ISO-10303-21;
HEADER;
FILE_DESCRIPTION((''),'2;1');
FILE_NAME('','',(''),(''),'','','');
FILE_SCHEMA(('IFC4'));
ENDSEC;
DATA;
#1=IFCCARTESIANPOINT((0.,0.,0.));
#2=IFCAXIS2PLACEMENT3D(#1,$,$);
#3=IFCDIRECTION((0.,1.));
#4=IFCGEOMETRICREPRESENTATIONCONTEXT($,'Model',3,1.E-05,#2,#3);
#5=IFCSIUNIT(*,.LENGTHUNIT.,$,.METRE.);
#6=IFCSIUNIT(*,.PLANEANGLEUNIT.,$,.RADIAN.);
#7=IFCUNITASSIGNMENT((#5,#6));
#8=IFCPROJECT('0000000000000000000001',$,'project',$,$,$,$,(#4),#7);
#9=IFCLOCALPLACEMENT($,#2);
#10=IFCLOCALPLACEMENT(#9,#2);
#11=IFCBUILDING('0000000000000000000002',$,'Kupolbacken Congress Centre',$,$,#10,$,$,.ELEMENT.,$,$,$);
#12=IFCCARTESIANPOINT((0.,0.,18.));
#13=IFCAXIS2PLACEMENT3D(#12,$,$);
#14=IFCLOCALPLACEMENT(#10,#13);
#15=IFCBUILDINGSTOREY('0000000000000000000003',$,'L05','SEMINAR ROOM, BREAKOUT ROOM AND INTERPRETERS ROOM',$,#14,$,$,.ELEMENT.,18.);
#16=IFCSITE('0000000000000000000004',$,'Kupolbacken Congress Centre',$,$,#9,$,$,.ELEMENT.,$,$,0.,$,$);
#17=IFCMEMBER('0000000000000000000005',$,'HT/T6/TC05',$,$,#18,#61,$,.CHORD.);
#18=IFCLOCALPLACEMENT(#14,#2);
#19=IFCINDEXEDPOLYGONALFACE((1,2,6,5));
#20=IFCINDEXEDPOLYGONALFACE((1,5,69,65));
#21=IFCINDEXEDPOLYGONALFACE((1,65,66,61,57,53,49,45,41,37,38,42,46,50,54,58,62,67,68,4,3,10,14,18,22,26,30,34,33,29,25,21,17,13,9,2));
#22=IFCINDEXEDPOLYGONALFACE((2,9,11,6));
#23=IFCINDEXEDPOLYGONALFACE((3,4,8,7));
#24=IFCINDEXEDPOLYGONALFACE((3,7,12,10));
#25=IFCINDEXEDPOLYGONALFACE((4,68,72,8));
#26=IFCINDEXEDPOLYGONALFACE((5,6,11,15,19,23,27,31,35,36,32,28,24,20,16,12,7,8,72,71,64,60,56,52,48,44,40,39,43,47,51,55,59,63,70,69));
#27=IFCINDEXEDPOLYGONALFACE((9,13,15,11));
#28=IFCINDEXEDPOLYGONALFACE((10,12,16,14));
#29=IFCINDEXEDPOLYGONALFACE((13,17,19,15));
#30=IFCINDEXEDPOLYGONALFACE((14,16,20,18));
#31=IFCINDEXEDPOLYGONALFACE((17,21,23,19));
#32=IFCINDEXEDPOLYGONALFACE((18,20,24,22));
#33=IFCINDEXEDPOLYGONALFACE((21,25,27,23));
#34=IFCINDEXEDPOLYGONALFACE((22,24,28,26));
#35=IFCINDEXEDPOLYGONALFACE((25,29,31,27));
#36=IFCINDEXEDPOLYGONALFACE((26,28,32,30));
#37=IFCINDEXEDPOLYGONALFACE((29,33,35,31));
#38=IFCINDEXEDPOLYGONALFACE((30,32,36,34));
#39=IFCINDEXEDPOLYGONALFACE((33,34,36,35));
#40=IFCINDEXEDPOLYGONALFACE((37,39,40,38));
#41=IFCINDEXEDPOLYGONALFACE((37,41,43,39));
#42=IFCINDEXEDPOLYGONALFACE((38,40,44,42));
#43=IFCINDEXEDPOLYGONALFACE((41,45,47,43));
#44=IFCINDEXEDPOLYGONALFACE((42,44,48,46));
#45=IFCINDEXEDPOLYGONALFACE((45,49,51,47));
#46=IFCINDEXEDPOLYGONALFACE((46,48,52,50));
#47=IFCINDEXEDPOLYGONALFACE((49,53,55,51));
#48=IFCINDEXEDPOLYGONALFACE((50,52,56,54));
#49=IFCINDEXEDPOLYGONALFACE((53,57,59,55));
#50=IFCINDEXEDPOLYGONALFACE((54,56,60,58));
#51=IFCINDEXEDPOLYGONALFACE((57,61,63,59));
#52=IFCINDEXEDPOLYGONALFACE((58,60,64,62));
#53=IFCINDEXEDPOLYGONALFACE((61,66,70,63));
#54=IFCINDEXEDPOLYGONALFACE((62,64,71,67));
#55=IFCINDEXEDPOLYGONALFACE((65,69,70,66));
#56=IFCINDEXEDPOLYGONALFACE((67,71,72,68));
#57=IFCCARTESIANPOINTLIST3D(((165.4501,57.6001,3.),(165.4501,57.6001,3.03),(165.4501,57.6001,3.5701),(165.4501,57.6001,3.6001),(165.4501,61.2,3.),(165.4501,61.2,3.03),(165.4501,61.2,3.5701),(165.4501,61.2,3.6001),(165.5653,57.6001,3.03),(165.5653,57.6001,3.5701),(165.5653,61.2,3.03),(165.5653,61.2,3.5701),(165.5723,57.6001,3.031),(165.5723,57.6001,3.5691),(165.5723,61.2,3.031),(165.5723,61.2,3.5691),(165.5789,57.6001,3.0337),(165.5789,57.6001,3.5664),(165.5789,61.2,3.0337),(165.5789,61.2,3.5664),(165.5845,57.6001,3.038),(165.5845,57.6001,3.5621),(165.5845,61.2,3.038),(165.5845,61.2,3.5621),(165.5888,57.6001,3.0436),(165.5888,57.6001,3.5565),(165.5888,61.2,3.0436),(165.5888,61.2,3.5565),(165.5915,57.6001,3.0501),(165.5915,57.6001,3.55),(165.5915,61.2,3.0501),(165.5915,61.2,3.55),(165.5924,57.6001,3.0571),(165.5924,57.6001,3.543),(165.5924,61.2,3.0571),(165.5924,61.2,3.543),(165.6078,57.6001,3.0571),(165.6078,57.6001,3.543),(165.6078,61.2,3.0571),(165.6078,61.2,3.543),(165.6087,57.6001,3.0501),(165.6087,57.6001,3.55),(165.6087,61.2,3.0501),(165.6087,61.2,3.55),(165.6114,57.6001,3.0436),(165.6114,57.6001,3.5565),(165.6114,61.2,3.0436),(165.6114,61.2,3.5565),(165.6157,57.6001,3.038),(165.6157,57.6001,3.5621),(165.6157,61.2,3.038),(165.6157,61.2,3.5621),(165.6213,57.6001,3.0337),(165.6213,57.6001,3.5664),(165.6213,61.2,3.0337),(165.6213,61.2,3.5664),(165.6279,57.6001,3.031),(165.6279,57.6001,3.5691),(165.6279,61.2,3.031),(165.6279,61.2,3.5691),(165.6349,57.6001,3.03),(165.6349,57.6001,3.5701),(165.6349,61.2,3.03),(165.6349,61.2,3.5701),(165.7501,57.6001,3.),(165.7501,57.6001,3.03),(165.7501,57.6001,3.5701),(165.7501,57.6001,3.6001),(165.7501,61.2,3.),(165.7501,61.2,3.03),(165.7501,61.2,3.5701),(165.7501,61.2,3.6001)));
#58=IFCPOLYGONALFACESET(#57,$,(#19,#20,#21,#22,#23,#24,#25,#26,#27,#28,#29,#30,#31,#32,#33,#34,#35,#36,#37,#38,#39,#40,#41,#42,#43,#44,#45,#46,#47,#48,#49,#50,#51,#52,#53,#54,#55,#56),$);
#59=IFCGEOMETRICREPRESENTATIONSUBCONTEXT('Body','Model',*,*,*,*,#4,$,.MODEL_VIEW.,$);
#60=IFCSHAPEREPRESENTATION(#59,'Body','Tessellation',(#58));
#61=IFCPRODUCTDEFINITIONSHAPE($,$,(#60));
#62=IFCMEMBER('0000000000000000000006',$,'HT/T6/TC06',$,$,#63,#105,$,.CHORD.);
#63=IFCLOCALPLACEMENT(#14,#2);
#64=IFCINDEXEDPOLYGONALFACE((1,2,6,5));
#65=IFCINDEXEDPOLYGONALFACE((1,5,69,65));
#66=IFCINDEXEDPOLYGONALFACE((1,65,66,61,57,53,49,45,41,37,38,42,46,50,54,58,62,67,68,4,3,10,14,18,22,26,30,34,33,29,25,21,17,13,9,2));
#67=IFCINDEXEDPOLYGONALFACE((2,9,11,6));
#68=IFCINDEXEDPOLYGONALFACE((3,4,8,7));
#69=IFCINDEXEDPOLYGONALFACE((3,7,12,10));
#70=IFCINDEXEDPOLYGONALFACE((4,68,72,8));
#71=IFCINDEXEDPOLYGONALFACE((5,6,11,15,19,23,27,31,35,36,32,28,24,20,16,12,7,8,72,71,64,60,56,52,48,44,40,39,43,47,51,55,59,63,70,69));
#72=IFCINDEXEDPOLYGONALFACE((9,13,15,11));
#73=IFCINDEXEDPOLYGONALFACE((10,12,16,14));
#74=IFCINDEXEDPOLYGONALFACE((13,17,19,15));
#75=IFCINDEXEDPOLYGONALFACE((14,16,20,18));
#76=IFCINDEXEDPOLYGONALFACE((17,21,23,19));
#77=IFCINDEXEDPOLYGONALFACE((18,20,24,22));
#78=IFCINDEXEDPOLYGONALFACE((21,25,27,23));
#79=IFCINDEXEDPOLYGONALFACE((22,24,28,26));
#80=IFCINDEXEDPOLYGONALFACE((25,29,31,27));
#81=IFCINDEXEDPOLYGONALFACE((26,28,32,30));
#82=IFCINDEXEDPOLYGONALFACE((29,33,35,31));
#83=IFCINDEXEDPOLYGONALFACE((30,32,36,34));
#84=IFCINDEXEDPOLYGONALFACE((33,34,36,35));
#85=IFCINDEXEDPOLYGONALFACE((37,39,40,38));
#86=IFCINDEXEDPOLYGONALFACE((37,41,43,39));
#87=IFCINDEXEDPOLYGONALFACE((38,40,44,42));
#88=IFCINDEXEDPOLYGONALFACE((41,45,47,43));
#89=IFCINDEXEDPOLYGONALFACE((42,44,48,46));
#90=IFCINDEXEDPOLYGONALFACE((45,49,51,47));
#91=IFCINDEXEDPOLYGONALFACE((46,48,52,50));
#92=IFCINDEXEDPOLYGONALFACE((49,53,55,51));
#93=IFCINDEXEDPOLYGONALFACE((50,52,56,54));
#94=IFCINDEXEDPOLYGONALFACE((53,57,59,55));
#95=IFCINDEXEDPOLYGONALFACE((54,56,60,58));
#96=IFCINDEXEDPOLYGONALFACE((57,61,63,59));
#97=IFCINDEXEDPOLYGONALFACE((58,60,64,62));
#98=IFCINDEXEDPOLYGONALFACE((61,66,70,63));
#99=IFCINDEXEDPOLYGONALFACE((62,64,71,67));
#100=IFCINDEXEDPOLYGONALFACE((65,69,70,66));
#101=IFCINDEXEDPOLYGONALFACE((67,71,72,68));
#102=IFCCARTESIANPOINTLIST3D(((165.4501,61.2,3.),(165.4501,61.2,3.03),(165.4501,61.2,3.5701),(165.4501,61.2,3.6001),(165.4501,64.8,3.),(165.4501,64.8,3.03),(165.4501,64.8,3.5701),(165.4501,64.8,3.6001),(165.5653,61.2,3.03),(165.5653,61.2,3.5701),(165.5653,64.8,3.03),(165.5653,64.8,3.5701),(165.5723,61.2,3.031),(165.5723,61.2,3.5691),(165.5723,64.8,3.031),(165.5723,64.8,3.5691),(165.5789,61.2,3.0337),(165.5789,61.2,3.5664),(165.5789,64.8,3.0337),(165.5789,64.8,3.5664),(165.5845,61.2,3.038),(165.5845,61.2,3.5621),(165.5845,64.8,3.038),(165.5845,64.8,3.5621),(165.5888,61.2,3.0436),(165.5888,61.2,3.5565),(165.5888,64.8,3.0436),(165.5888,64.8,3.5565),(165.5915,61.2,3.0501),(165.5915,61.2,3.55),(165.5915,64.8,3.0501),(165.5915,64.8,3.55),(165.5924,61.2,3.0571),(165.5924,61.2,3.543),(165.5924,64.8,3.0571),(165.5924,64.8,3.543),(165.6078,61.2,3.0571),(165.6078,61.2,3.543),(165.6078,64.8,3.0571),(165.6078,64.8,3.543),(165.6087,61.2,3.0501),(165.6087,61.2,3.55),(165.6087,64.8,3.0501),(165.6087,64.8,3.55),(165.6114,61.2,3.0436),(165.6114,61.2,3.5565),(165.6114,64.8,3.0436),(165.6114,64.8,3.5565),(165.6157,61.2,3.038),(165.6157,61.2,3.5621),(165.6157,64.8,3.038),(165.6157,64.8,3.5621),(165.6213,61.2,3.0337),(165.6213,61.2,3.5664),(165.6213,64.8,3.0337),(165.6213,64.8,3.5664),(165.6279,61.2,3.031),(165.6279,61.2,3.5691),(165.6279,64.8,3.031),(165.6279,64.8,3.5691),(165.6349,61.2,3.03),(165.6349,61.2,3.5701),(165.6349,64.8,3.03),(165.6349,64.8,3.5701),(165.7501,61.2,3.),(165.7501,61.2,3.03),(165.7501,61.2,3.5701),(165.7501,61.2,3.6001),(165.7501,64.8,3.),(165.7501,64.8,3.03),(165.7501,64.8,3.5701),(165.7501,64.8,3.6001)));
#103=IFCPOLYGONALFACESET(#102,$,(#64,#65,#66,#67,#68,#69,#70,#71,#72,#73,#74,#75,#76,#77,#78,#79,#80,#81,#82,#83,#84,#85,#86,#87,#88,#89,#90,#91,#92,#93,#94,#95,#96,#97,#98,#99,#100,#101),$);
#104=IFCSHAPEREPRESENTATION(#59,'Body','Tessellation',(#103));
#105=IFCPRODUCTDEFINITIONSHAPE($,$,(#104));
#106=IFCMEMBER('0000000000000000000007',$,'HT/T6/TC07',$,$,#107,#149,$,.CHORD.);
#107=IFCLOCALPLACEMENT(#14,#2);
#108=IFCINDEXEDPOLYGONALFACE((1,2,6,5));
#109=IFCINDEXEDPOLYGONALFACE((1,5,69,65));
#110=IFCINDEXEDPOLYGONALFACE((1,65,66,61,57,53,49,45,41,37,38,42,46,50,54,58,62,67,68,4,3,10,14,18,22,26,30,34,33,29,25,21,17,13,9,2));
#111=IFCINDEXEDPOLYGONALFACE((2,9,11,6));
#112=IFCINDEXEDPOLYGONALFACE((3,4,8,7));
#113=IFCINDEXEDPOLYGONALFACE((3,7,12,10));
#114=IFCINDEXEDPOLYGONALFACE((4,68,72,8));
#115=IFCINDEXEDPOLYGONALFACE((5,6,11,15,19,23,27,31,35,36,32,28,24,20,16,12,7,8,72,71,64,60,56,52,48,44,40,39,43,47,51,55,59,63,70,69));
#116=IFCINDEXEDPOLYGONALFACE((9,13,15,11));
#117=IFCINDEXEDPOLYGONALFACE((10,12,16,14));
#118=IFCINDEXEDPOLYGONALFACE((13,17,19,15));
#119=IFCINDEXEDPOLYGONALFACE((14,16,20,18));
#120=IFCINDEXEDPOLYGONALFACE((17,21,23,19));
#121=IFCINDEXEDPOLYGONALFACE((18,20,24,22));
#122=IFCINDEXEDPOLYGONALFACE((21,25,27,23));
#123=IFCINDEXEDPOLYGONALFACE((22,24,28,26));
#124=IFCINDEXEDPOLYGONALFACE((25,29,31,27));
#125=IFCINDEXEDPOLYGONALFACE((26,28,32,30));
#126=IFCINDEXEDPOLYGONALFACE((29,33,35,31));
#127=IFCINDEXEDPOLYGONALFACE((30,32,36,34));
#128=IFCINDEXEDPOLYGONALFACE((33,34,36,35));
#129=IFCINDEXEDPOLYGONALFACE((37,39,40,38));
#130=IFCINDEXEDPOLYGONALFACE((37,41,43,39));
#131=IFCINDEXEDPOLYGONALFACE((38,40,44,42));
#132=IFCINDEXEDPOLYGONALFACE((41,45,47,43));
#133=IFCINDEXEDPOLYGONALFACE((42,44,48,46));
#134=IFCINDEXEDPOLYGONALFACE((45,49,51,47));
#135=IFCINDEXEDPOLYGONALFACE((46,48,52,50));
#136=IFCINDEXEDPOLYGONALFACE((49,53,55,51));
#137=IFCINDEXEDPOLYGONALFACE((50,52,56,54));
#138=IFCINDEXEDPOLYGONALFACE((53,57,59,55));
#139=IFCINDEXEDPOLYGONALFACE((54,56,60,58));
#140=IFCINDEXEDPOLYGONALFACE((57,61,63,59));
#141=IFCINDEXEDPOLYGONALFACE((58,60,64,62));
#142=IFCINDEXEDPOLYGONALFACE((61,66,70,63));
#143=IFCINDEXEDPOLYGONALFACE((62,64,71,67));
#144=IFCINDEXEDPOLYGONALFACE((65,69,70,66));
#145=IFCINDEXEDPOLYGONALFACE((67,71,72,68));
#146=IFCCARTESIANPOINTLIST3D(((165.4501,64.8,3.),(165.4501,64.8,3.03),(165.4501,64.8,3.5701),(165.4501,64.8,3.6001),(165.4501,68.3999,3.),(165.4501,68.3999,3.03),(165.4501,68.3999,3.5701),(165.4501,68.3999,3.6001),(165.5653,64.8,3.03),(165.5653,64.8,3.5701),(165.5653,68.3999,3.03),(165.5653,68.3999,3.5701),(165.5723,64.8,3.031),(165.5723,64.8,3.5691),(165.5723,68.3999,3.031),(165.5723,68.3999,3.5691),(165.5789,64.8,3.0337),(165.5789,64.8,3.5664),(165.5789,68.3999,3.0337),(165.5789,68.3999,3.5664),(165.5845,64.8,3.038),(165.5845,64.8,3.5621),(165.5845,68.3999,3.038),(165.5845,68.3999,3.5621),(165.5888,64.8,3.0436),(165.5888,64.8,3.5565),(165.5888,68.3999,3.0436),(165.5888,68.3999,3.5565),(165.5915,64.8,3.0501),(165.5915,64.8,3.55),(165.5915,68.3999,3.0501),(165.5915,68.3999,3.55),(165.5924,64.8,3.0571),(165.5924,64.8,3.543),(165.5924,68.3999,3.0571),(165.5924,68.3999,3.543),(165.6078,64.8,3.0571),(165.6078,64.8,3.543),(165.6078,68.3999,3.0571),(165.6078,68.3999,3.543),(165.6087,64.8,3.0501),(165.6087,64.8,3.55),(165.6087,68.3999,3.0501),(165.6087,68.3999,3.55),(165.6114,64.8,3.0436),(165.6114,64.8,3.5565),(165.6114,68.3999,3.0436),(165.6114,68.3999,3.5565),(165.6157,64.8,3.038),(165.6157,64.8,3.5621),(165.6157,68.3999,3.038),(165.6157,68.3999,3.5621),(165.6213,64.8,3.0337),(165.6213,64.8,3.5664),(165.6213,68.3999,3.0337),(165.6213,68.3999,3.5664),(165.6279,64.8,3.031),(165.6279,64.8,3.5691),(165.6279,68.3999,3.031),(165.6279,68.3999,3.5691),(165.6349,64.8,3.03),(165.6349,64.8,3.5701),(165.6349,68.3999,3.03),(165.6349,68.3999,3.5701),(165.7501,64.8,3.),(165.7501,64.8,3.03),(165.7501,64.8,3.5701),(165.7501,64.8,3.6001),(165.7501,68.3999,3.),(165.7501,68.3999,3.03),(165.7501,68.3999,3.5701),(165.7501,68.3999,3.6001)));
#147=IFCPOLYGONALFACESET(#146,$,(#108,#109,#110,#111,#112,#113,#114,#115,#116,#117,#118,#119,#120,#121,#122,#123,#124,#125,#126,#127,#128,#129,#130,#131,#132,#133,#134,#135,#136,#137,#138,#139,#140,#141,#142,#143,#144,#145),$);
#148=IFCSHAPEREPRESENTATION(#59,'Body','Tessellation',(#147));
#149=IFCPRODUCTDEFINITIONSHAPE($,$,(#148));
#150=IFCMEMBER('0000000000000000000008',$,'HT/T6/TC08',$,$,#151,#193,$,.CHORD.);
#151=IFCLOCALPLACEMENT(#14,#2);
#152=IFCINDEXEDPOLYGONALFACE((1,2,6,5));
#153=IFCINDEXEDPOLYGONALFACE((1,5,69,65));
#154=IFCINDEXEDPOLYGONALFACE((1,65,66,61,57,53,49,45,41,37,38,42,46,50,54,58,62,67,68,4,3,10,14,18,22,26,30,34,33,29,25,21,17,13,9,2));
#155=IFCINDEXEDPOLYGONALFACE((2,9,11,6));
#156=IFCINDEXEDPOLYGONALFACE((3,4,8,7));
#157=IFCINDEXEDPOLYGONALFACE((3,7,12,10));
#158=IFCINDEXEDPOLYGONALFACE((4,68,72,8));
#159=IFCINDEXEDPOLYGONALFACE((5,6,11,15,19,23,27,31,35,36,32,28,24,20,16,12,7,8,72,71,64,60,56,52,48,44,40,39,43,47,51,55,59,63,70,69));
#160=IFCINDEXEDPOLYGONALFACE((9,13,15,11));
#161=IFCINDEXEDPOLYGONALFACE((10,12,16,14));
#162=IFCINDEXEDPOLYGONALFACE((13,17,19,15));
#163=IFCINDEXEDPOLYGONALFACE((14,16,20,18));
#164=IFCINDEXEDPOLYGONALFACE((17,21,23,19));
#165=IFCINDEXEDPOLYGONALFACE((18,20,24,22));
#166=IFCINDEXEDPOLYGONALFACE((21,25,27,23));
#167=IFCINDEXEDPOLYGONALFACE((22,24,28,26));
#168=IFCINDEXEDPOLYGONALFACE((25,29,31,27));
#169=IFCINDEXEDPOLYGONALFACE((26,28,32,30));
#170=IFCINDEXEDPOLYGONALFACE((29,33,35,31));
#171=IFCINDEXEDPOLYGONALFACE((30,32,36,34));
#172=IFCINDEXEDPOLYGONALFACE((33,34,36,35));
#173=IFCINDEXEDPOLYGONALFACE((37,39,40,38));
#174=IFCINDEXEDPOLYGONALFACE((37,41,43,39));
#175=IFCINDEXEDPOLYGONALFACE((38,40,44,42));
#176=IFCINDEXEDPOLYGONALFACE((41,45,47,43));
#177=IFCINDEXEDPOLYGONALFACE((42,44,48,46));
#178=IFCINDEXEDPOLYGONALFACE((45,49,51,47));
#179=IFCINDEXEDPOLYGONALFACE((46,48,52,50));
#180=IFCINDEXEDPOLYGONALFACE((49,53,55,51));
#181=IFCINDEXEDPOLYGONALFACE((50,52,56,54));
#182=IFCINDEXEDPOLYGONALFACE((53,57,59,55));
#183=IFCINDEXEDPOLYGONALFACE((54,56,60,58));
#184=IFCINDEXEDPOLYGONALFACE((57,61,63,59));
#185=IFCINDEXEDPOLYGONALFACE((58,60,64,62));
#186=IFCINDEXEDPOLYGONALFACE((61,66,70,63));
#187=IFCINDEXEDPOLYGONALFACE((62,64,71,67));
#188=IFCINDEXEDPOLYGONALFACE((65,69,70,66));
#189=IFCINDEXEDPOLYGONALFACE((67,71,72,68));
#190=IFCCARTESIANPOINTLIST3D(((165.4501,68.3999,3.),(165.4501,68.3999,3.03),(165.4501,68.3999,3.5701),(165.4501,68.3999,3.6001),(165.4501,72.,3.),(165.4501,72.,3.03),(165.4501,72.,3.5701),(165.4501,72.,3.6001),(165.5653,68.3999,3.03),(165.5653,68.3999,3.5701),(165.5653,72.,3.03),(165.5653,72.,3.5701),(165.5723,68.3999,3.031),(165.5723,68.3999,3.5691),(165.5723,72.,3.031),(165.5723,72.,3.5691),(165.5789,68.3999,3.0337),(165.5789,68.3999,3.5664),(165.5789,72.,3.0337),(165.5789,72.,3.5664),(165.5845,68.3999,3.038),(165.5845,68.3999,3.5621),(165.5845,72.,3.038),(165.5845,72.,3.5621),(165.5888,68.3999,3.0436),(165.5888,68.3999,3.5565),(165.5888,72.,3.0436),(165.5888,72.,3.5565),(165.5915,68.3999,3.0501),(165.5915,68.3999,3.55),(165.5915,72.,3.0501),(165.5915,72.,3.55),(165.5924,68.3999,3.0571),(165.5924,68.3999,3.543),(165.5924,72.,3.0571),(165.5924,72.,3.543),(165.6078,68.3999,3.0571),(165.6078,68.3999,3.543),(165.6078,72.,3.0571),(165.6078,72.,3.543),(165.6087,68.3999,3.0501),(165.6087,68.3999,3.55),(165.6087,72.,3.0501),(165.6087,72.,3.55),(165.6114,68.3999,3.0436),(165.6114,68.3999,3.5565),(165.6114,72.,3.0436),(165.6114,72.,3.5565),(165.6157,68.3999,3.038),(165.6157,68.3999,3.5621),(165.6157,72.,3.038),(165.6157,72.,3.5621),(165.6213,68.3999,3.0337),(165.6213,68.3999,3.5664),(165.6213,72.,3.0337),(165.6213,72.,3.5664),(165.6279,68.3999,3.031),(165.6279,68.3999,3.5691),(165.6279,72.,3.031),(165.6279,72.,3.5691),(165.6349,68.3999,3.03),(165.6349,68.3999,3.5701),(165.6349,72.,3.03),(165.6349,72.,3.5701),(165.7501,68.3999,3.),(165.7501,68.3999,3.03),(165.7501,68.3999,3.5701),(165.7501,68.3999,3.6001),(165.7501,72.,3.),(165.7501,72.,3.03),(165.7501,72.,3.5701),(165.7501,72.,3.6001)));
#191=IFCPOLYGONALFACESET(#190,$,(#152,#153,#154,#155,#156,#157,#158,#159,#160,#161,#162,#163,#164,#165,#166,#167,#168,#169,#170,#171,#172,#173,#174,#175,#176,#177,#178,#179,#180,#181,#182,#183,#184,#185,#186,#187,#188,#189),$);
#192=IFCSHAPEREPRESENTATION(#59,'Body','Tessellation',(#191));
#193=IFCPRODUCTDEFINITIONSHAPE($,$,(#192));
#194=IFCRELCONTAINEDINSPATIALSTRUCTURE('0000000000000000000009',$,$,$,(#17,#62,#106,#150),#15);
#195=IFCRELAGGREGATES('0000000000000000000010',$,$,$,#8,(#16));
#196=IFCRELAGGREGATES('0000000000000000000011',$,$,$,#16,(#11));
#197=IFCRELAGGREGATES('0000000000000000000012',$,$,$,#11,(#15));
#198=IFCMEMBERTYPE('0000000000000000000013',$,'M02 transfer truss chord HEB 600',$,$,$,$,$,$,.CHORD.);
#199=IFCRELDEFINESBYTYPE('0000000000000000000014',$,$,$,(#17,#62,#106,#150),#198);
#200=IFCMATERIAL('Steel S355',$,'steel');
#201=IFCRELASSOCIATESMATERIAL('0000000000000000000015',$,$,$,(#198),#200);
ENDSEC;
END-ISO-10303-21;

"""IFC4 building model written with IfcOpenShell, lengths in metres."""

from ifc_helpers import new_model, si_unit, direction, frame, origin, origin_2d, place, context, subcontext, project, spatial, i_section, extrude, material, material_profile, profile_set, type_object, element, save


model = new_model("IFC4")

# Units and contexts
model_context = context("Model", 3, precision=1e-05, world=origin(), true_north=direction((0.0, 1.0)))
body_context = subcontext(model_context, "Body", "Model", "MODEL_VIEW")
ifc_project = project(units=[si_unit("LENGTHUNIT", "METRE"), si_unit("PLANEANGLEUNIT", "RADIAN")], contexts=[model_context])

# Site, building, storey
site_placement = place(None, origin())
site = spatial("IfcSite", under=ifc_project, at=site_placement, Name="Kupolbacken Congress Centre", CompositionType="ELEMENT", RefElevation=0.0)
building_placement = place(site_placement, origin())
building = spatial("IfcBuilding", under=site, at=building_placement, Name="Kupolbacken Congress Centre", CompositionType="ELEMENT")
storey_placement = place(building_placement, frame((0.0, 0.0, 18.0)))
storey = spatial("IfcBuildingStorey", under=building, at=storey_placement, Name="L05", Description="SEMINAR ROOM, BREAKOUT ROOM AND INTERPRETERS ROOM", CompositionType="ELEMENT", Elevation=18.0)

# Members
ifc_material_1 = material(Name="Steel S355", Category="steel")
ifc_material_profile_1 = material_profile(ifc_material_1, i_section(OverallWidth=0.3, OverallDepth=0.6001, WebThickness=0.0154, FlangeThickness=0.03, FilletRadius=0.0271, at=origin_2d()), Name="HEB 600")
ifc_profile_set_1 = profile_set([ifc_material_profile_1], Name="Steel S355")
member_type_1 = type_object("IfcMemberType", Name="M02 transfer truss chord HEB 600", PredefinedType="CHORD", material=ifc_profile_set_1)
member_1_placement = place(storey_placement, frame((165.6001, 57.6001, 3.3), z_axis=(0.0, 1.0, 0.0), x_axis=(-1.0, 0.0, 0.0)))
element("IfcMember", 1, at=member_1_placement, inside=storey, type_object=member_type_1, Name="HT/T6/TC05", PredefinedType="CHORD", context=body_context, shape_type="SweptSolid", body=[
    extrude(i_section(OverallWidth=0.3, OverallDepth=0.6001, WebThickness=0.0154, FlangeThickness=0.03, FilletRadius=0.0271, at=origin_2d()), origin(), (0.0, 0.0, 1.0), 3.5999),
])
member_2_placement = place(storey_placement, frame((165.6001, 61.2, 3.3), z_axis=(0.0, 1.0, 0.0), x_axis=(-1.0, 0.0, 0.0)))
element("IfcMember", 2, at=member_2_placement, inside=storey, type_object=member_type_1, Name="HT/T6/TC06", PredefinedType="CHORD", context=body_context, shape_type="SweptSolid", body=[
    extrude(i_section(OverallWidth=0.3, OverallDepth=0.6001, WebThickness=0.0154, FlangeThickness=0.03, FilletRadius=0.0271, at=origin_2d()), origin(), (0.0, 0.0, 1.0), 3.6001),
])
member_3_placement = place(storey_placement, frame((165.6001, 64.8, 3.3), z_axis=(0.0, 1.0, 0.0), x_axis=(-1.0, 0.0, 0.0)))
element("IfcMember", 3, at=member_3_placement, inside=storey, type_object=member_type_1, Name="HT/T6/TC07", PredefinedType="CHORD", context=body_context, shape_type="SweptSolid", body=[
    extrude(i_section(OverallWidth=0.3, OverallDepth=0.6001, WebThickness=0.0154, FlangeThickness=0.03, FilletRadius=0.0271, at=origin_2d()), origin(), (0.0, 0.0, 1.0), 3.5999),
])
member_4_placement = place(storey_placement, frame((165.6001, 68.3999, 3.3), z_axis=(0.0, 1.0, 0.0), x_axis=(-1.0, 0.0, 0.0)))
element("IfcMember", 4, at=member_4_placement, inside=storey, type_object=member_type_1, Name="HT/T6/TC08", PredefinedType="CHORD", context=body_context, shape_type="SweptSolid", body=[
    extrude(i_section(OverallWidth=0.3, OverallDepth=0.6001, WebThickness=0.0154, FlangeThickness=0.03, FilletRadius=0.0271, at=origin_2d()), origin(), (0.0, 0.0, 1.0), 3.6001),
])

save(model, "model.ifc")
